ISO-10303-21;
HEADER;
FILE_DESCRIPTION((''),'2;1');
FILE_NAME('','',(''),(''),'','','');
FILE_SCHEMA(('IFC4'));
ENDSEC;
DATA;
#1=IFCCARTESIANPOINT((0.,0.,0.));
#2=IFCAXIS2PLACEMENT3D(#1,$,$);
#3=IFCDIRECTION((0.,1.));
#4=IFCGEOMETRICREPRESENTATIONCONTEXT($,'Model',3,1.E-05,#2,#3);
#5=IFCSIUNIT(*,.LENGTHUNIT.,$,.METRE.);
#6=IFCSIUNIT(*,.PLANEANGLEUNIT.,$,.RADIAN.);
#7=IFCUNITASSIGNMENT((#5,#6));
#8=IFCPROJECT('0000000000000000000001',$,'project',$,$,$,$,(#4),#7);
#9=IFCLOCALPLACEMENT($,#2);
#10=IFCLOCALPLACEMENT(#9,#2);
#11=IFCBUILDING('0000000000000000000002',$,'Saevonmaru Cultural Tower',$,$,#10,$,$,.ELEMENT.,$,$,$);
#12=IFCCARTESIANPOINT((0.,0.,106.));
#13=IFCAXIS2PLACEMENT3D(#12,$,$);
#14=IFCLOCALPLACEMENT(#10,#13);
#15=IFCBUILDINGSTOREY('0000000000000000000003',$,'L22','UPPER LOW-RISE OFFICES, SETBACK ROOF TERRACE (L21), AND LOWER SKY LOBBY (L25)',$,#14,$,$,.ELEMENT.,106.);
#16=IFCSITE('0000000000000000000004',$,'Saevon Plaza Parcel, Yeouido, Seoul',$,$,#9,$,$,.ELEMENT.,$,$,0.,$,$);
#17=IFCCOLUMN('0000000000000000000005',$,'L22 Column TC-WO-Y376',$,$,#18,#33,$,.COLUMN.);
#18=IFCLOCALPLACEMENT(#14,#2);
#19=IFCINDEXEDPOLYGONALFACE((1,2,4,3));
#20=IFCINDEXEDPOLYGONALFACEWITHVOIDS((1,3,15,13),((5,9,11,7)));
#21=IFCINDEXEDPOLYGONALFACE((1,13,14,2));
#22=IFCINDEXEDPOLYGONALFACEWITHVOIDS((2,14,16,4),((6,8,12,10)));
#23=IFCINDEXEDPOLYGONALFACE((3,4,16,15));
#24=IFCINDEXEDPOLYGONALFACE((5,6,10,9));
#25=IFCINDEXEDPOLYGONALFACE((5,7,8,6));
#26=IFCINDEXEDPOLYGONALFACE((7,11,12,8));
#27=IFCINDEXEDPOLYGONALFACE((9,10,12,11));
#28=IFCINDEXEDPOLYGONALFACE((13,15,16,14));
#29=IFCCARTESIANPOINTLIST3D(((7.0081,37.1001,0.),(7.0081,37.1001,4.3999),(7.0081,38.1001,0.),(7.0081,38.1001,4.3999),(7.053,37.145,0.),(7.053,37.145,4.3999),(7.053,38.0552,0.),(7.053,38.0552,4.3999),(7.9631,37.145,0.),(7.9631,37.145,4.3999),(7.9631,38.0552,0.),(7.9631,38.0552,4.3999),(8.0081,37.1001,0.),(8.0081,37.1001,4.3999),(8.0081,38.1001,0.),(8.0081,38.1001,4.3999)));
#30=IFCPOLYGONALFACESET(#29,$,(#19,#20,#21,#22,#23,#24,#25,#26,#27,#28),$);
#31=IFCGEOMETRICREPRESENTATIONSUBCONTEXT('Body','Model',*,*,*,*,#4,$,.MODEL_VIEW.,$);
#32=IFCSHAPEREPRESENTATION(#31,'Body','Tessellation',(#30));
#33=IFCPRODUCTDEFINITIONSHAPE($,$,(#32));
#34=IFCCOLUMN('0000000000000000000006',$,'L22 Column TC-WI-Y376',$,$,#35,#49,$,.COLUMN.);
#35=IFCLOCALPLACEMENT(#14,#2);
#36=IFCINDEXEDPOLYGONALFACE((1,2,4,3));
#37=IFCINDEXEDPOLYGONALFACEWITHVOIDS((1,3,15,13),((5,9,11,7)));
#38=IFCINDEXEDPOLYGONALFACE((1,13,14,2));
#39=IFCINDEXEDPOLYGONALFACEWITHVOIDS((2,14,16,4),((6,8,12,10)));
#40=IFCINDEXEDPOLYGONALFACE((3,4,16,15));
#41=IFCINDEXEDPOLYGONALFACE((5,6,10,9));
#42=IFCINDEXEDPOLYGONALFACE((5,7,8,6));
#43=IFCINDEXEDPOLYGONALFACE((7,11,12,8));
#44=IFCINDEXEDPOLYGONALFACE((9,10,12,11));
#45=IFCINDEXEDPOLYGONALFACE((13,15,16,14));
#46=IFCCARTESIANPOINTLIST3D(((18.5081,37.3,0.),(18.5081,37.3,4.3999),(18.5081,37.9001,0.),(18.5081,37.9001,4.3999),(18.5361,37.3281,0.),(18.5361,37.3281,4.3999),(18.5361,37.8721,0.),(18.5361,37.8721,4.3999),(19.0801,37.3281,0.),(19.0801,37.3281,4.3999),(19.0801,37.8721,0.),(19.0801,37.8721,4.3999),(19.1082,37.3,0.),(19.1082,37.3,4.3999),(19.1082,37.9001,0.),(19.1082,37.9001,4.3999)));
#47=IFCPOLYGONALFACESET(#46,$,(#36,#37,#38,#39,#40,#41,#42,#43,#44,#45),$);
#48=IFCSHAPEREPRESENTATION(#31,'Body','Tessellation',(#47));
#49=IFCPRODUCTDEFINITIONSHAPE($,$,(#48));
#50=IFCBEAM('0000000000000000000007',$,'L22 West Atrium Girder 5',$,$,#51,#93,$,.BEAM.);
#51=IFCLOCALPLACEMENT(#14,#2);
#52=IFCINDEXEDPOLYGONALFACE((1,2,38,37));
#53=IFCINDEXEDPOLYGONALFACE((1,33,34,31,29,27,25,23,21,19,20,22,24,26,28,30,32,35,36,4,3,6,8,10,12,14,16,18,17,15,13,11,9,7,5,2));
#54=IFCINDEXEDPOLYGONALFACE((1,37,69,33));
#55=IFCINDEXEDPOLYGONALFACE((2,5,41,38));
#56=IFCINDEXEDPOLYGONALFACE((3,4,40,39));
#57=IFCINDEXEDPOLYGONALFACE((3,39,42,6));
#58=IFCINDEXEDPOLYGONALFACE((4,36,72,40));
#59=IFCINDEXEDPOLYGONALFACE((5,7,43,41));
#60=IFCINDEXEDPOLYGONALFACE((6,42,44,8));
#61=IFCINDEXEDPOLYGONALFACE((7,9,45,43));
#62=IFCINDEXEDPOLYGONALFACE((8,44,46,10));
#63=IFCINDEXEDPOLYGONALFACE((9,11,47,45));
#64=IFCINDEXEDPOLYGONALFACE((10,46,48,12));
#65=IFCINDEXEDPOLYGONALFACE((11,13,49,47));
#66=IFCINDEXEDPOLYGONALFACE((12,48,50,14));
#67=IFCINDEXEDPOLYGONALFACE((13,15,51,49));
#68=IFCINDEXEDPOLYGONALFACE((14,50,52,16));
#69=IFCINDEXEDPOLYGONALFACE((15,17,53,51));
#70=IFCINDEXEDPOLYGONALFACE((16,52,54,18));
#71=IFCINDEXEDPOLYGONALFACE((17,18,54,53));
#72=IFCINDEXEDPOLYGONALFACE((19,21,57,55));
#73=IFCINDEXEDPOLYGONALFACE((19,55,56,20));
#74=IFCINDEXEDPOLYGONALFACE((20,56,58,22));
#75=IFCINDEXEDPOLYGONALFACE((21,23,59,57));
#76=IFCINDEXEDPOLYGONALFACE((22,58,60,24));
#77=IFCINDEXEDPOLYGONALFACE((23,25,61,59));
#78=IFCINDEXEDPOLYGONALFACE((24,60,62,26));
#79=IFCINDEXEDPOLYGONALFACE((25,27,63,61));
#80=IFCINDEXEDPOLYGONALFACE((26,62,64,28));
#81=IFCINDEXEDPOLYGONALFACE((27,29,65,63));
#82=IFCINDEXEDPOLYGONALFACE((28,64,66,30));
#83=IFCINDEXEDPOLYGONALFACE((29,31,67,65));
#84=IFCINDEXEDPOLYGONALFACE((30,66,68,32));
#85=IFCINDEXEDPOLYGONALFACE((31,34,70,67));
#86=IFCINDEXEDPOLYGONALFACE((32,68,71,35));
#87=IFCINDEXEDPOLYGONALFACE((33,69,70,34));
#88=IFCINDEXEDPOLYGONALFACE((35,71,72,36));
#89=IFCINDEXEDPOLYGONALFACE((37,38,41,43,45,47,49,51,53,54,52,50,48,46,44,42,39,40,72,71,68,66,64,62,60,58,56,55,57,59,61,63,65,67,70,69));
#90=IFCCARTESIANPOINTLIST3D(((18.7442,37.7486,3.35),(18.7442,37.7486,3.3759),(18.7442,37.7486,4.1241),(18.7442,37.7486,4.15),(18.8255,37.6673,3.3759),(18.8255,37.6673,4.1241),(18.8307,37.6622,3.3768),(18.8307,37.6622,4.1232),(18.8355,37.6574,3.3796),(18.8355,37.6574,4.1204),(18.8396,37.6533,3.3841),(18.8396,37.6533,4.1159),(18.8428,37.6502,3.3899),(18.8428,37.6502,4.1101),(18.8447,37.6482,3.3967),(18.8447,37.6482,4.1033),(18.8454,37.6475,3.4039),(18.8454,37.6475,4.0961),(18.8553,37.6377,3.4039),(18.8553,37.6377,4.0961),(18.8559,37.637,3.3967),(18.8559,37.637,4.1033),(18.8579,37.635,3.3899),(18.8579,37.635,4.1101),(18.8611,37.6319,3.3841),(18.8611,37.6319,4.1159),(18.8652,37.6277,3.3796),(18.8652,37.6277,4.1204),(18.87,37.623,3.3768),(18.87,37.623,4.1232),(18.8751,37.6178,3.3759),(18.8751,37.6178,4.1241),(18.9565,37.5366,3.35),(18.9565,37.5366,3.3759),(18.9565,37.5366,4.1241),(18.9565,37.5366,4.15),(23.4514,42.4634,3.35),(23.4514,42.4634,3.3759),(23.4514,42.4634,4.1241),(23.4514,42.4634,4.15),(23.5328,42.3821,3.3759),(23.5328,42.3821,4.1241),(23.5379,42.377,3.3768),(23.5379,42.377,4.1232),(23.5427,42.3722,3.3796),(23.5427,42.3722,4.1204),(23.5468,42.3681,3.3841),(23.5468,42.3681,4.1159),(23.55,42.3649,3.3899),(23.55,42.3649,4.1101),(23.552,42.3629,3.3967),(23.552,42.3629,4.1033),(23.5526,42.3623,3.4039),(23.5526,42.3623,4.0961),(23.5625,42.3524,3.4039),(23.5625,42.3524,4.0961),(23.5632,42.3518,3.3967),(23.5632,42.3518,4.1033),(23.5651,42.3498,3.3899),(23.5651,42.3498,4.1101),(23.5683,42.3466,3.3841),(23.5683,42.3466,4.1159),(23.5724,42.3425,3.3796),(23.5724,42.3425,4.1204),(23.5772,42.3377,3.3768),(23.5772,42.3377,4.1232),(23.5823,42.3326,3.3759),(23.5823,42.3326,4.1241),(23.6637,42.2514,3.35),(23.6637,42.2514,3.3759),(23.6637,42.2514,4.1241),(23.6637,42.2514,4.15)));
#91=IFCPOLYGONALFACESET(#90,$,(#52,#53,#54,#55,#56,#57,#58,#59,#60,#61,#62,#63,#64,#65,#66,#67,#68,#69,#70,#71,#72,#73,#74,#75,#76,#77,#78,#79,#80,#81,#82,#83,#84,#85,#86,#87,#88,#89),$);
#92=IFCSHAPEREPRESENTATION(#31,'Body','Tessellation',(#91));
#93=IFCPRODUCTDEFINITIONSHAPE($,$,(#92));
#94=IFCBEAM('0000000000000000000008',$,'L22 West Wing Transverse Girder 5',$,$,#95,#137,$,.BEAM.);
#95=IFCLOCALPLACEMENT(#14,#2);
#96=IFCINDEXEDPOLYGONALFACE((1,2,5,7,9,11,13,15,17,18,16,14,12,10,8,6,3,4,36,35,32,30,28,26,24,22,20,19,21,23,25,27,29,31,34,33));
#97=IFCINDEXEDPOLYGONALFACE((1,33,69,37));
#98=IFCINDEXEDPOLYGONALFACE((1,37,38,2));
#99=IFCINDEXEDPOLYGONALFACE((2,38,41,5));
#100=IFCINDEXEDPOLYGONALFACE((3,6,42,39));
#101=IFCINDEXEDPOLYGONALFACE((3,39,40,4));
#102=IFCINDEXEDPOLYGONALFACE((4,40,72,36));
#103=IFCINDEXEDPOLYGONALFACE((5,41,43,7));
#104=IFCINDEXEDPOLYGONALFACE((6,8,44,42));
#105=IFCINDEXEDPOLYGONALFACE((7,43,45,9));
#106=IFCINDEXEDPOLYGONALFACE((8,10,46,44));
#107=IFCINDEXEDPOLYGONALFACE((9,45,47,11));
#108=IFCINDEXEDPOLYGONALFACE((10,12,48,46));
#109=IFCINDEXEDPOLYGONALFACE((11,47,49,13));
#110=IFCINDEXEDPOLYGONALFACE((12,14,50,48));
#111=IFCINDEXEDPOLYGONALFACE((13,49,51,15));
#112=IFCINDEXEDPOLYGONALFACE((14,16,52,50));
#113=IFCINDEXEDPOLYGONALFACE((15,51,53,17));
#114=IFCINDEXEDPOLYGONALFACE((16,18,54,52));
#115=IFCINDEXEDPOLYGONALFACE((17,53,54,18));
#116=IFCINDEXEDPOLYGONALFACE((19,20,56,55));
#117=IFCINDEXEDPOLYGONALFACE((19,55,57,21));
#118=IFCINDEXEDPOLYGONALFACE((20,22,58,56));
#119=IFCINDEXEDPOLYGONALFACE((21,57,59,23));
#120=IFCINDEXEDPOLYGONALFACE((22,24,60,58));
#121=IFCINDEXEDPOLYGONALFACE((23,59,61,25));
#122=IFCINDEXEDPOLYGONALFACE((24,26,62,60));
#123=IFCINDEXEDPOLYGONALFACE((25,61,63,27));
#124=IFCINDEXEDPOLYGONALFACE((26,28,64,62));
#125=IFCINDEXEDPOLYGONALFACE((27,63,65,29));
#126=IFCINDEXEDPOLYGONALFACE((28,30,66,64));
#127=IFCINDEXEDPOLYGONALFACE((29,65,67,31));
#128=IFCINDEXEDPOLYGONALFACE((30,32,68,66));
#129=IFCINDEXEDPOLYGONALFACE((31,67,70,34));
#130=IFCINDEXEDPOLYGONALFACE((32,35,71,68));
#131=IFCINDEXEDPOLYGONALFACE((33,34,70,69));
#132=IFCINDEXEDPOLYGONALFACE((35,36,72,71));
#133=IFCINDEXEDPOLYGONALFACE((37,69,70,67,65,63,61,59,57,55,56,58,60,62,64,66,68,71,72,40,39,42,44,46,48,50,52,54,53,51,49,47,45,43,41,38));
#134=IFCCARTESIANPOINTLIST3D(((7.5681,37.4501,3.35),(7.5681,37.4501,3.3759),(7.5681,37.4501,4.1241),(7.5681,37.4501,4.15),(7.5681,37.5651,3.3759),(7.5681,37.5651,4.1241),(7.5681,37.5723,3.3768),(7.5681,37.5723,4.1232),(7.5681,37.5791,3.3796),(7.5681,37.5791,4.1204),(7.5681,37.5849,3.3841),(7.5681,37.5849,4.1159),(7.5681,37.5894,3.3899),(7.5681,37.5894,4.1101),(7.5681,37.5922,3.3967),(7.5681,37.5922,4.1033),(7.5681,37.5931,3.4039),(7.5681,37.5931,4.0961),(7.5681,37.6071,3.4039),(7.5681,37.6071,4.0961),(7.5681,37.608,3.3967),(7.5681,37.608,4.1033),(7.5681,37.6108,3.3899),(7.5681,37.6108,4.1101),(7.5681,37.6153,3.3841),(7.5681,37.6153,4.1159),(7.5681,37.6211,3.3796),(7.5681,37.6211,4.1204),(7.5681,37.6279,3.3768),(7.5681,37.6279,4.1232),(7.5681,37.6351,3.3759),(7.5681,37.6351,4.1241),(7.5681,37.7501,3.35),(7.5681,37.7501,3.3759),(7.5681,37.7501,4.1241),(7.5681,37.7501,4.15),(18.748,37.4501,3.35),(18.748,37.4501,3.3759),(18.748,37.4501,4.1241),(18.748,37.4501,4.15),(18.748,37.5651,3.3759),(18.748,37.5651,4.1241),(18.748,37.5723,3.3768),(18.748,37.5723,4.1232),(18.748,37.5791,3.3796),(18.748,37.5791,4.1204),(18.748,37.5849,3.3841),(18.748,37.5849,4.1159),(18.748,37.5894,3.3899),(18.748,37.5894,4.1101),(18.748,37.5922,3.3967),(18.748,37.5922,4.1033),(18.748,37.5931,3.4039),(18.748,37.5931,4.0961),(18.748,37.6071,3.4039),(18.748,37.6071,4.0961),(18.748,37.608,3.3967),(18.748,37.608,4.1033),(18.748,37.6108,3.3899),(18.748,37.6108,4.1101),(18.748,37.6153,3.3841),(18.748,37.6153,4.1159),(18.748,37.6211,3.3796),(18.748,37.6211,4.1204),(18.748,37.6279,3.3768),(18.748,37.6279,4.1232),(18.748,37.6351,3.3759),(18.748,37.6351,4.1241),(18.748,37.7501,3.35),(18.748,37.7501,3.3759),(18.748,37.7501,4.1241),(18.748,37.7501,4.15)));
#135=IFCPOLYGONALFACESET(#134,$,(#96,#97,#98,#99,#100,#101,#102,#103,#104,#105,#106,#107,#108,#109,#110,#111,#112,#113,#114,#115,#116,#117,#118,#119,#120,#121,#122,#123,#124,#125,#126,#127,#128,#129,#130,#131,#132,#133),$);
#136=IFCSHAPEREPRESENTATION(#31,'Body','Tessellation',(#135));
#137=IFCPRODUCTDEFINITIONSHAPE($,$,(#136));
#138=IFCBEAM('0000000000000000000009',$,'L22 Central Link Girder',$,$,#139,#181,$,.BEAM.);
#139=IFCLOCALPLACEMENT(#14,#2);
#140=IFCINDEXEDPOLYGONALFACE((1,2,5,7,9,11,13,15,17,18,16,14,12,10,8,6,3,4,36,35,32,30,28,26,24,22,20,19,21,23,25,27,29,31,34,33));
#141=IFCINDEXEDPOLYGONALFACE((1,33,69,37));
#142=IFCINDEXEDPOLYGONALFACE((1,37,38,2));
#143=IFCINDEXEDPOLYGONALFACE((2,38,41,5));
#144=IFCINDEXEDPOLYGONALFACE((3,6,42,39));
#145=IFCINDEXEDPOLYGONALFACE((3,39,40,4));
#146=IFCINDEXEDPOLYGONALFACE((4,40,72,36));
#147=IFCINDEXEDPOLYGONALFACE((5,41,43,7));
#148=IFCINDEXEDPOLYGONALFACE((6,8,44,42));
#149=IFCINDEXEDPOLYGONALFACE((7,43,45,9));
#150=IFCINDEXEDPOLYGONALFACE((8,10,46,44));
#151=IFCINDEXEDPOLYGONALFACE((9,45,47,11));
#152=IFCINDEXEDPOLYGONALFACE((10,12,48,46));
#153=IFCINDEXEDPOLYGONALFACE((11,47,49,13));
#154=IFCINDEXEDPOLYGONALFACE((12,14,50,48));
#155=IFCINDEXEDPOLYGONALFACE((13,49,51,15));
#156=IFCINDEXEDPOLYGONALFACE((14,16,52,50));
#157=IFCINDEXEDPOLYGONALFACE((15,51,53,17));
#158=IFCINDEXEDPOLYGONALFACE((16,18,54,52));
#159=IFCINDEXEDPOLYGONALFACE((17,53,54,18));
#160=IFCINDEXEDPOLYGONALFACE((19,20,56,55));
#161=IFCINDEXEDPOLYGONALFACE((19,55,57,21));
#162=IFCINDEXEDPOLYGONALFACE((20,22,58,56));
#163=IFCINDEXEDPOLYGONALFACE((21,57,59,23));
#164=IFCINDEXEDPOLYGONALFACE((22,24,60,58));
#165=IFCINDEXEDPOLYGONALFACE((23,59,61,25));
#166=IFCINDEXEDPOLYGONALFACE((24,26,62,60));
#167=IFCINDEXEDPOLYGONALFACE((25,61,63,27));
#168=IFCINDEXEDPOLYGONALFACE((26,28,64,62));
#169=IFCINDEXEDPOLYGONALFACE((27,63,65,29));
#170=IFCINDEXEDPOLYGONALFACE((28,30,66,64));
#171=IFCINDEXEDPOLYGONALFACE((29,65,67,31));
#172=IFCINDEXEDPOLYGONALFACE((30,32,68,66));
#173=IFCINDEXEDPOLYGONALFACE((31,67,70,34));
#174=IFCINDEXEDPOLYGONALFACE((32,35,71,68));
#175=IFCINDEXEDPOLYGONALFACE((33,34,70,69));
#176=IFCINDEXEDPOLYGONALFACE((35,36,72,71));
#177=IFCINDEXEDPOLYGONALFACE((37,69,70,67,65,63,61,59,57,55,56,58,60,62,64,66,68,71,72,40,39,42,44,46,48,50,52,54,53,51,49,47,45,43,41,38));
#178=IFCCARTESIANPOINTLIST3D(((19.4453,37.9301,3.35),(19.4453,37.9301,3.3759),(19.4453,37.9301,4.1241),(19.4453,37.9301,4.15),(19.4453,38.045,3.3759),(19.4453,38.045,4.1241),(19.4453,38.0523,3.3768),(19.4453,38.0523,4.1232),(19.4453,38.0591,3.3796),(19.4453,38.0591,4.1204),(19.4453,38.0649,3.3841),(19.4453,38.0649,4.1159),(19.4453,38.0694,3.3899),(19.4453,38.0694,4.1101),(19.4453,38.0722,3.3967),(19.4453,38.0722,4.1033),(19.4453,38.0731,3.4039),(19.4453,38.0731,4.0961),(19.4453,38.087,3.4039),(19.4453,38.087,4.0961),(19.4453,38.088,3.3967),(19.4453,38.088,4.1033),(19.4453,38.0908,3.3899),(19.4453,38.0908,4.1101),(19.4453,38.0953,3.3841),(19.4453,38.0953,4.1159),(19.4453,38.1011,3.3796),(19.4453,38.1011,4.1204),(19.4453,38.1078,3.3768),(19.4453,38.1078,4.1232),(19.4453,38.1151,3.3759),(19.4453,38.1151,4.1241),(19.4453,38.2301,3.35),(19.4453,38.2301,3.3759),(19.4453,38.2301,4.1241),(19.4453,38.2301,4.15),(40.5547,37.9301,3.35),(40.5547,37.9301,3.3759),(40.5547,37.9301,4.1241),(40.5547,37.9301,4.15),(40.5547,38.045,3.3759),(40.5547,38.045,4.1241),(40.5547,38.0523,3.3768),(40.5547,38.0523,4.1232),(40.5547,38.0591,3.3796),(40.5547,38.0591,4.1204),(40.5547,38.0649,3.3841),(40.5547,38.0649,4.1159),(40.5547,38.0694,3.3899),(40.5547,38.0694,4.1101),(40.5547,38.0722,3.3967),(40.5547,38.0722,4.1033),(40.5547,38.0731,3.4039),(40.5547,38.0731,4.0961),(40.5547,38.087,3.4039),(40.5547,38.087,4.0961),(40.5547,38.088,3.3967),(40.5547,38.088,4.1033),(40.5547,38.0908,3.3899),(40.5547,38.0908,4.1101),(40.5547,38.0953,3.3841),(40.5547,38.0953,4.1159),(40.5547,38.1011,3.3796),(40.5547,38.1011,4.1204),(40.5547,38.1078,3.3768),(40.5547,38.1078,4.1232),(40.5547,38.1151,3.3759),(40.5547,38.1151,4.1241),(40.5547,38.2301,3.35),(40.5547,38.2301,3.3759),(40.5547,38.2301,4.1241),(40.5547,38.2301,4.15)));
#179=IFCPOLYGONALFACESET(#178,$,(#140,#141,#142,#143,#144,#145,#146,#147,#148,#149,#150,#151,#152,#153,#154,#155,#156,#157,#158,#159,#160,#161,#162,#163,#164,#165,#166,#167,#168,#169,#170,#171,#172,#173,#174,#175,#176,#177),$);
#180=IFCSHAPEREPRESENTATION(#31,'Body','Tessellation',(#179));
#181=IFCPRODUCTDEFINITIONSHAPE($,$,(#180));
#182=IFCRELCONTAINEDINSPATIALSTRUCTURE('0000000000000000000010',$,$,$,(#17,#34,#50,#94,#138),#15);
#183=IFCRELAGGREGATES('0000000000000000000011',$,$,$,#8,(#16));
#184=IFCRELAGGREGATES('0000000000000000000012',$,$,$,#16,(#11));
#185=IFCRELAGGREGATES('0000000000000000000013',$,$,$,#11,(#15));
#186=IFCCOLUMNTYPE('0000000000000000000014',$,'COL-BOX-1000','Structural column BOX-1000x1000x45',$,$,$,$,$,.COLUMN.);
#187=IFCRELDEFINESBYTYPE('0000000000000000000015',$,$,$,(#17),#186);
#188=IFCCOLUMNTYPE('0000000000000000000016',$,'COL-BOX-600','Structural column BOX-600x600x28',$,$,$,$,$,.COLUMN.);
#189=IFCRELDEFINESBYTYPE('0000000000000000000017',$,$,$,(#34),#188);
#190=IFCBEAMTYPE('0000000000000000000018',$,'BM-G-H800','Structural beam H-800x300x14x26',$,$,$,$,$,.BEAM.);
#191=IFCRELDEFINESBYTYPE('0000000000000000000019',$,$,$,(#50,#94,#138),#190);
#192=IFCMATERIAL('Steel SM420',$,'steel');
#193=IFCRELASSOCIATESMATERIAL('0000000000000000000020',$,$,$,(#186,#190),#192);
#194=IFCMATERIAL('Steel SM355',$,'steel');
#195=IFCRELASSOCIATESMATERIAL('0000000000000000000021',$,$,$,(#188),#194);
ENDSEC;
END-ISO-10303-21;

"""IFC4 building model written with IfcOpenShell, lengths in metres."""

from ifc_helpers import new_model, si_unit, direction, frame, origin, origin_2d, place, context, subcontext, project, spatial, hollow_rectangle, i_section, extrude, material, material_profile, profile_set, type_object, element, save


model = new_model("IFC4")

# Units and contexts
model_context = context("Model", 3, precision=1e-05, world=origin(), true_north=direction((0.0, 1.0)))
body_context = subcontext(model_context, "Body", "Model", "MODEL_VIEW")
ifc_project = project(units=[si_unit("LENGTHUNIT", "METRE"), si_unit("PLANEANGLEUNIT", "RADIAN")], contexts=[model_context])

# Site, building, storey
site_placement = place(None, origin())
site = spatial("IfcSite", under=ifc_project, at=site_placement, Name="Saevon Plaza Parcel, Yeouido, Seoul", CompositionType="ELEMENT", RefElevation=0.0)
building_placement = place(site_placement, origin())
building = spatial("IfcBuilding", under=site, at=building_placement, Name="Saevonmaru Cultural Tower", CompositionType="ELEMENT")
storey_placement = place(building_placement, frame((0.0, 0.0, 106.0)))
storey = spatial("IfcBuildingStorey", under=building, at=storey_placement, Name="L22", Description="UPPER LOW-RISE OFFICES, SETBACK ROOF TERRACE (L21), AND LOWER SKY LOBBY (L25)", CompositionType="ELEMENT", Elevation=106.0)

# Columns
ifc_material_1 = material(Name="Steel SM420", Category="steel")
ifc_material_profile_1 = material_profile(ifc_material_1, hollow_rectangle(XDim=1.0, YDim=1.0, WallThickness=0.0449, at=origin_2d()), Name="BOX-1000x1000x45")
ifc_profile_set_1 = profile_set([ifc_material_profile_1], Name="Steel SM420")
column_type_1 = type_object("IfcColumnType", Name="COL-BOX-1000", Description="Structural column BOX-1000x1000x45", PredefinedType="COLUMN", material=ifc_profile_set_1)
column_1_placement = place(storey_placement, frame((7.5081, 37.6001, 0.0), z_axis=(0.0, 0.0, 1.0), x_axis=(1.0, 0.0, 0.0)))
element("IfcColumn", 1, at=column_1_placement, inside=storey, type_object=column_type_1, Name="L22 Column TC-WO-Y376", PredefinedType="COLUMN", context=body_context, shape_type="SweptSolid", body=[
    extrude(hollow_rectangle(XDim=1.0, YDim=1.0, WallThickness=0.0449, at=origin_2d()), origin(), (0.0, 0.0, 1.0), 4.3999),
])
ifc_material_2 = material(Name="Steel SM355", Category="steel")
ifc_material_profile_2 = material_profile(ifc_material_2, hollow_rectangle(XDim=0.6001, YDim=0.6001, WallThickness=0.0281, at=origin_2d()), Name="BOX-600x600x28")
ifc_profile_set_2 = profile_set([ifc_material_profile_2], Name="Steel SM355")
column_type_2 = type_object("IfcColumnType", Name="COL-BOX-600", Description="Structural column BOX-600x600x28", PredefinedType="COLUMN", material=ifc_profile_set_2)
column_2_placement = place(storey_placement, frame((18.8081, 37.6001, 0.0), z_axis=(0.0, 0.0, 1.0), x_axis=(1.0, 0.0, 0.0)))
element("IfcColumn", 2, at=column_2_placement, inside=storey, type_object=column_type_2, Name="L22 Column TC-WI-Y376", PredefinedType="COLUMN", context=body_context, shape_type="SweptSolid", body=[
    extrude(hollow_rectangle(XDim=0.6001, YDim=0.6001, WallThickness=0.0281, at=origin_2d()), origin(), (0.0, 0.0, 1.0), 4.3999),
])

# Beams
ifc_material_profile_3 = material_profile(ifc_material_1, i_section(OverallWidth=0.3, OverallDepth=0.8, WebThickness=0.0139, FlangeThickness=0.0259, FilletRadius=0.0281, at=origin_2d()), Name="H-800x300x14x26")
ifc_profile_set_3 = profile_set([ifc_material_profile_3], Name="Steel SM420")
beam_type_1 = type_object("IfcBeamType", Name="BM-G-H800", Description="Structural beam H-800x300x14x26", PredefinedType="BEAM", material=ifc_profile_set_3)
beam_1_placement = place(storey_placement, frame((18.8503, 37.6426, 3.75), z_axis=(0.706539, 0.707675, 0.0), x_axis=(-0.707675, 0.706539, 0.0)))
element("IfcBeam", 3, at=beam_1_placement, inside=storey, type_object=beam_type_1, Name="L22 West Atrium Girder 5", PredefinedType="BEAM", context=body_context, shape_type="SweptSolid", body=[
    extrude(i_section(OverallWidth=0.3, OverallDepth=0.8, WebThickness=0.0139, FlangeThickness=0.0259, FilletRadius=0.0281, at=origin_2d()), origin(), (0.0, 0.0, 1.0), 6.6624),
])
beam_2_placement = place(storey_placement, frame((7.5681, 37.6001, 3.75), z_axis=(1.0, 0.0, 0.0), x_axis=(0.0, 1.0, 0.0)))
element("IfcBeam", 4, at=beam_2_placement, inside=storey, type_object=beam_type_1, Name="L22 West Wing Transverse Girder 5", PredefinedType="BEAM", context=body_context, shape_type="SweptSolid", body=[
    extrude(i_section(OverallWidth=0.3, OverallDepth=0.8, WebThickness=0.0139, FlangeThickness=0.0259, FilletRadius=0.0281, at=origin_2d()), origin(), (0.0, 0.0, 1.0), 11.1799),
])
beam_3_placement = place(storey_placement, frame((19.4453, 38.0801, 3.75), z_axis=(1.0, 0.0, 0.0), x_axis=(0.0, 1.0, 0.0)))
element("IfcBeam", 5, at=beam_3_placement, inside=storey, type_object=beam_type_1, Name="L22 Central Link Girder", PredefinedType="BEAM", context=body_context, shape_type="SweptSolid", body=[
    extrude(i_section(OverallWidth=0.3, OverallDepth=0.8, WebThickness=0.0139, FlangeThickness=0.0259, FilletRadius=0.0281, at=origin_2d()), origin(), (0.0, 0.0, 1.0), 21.1094),
])

save(model, "model.ifc")
